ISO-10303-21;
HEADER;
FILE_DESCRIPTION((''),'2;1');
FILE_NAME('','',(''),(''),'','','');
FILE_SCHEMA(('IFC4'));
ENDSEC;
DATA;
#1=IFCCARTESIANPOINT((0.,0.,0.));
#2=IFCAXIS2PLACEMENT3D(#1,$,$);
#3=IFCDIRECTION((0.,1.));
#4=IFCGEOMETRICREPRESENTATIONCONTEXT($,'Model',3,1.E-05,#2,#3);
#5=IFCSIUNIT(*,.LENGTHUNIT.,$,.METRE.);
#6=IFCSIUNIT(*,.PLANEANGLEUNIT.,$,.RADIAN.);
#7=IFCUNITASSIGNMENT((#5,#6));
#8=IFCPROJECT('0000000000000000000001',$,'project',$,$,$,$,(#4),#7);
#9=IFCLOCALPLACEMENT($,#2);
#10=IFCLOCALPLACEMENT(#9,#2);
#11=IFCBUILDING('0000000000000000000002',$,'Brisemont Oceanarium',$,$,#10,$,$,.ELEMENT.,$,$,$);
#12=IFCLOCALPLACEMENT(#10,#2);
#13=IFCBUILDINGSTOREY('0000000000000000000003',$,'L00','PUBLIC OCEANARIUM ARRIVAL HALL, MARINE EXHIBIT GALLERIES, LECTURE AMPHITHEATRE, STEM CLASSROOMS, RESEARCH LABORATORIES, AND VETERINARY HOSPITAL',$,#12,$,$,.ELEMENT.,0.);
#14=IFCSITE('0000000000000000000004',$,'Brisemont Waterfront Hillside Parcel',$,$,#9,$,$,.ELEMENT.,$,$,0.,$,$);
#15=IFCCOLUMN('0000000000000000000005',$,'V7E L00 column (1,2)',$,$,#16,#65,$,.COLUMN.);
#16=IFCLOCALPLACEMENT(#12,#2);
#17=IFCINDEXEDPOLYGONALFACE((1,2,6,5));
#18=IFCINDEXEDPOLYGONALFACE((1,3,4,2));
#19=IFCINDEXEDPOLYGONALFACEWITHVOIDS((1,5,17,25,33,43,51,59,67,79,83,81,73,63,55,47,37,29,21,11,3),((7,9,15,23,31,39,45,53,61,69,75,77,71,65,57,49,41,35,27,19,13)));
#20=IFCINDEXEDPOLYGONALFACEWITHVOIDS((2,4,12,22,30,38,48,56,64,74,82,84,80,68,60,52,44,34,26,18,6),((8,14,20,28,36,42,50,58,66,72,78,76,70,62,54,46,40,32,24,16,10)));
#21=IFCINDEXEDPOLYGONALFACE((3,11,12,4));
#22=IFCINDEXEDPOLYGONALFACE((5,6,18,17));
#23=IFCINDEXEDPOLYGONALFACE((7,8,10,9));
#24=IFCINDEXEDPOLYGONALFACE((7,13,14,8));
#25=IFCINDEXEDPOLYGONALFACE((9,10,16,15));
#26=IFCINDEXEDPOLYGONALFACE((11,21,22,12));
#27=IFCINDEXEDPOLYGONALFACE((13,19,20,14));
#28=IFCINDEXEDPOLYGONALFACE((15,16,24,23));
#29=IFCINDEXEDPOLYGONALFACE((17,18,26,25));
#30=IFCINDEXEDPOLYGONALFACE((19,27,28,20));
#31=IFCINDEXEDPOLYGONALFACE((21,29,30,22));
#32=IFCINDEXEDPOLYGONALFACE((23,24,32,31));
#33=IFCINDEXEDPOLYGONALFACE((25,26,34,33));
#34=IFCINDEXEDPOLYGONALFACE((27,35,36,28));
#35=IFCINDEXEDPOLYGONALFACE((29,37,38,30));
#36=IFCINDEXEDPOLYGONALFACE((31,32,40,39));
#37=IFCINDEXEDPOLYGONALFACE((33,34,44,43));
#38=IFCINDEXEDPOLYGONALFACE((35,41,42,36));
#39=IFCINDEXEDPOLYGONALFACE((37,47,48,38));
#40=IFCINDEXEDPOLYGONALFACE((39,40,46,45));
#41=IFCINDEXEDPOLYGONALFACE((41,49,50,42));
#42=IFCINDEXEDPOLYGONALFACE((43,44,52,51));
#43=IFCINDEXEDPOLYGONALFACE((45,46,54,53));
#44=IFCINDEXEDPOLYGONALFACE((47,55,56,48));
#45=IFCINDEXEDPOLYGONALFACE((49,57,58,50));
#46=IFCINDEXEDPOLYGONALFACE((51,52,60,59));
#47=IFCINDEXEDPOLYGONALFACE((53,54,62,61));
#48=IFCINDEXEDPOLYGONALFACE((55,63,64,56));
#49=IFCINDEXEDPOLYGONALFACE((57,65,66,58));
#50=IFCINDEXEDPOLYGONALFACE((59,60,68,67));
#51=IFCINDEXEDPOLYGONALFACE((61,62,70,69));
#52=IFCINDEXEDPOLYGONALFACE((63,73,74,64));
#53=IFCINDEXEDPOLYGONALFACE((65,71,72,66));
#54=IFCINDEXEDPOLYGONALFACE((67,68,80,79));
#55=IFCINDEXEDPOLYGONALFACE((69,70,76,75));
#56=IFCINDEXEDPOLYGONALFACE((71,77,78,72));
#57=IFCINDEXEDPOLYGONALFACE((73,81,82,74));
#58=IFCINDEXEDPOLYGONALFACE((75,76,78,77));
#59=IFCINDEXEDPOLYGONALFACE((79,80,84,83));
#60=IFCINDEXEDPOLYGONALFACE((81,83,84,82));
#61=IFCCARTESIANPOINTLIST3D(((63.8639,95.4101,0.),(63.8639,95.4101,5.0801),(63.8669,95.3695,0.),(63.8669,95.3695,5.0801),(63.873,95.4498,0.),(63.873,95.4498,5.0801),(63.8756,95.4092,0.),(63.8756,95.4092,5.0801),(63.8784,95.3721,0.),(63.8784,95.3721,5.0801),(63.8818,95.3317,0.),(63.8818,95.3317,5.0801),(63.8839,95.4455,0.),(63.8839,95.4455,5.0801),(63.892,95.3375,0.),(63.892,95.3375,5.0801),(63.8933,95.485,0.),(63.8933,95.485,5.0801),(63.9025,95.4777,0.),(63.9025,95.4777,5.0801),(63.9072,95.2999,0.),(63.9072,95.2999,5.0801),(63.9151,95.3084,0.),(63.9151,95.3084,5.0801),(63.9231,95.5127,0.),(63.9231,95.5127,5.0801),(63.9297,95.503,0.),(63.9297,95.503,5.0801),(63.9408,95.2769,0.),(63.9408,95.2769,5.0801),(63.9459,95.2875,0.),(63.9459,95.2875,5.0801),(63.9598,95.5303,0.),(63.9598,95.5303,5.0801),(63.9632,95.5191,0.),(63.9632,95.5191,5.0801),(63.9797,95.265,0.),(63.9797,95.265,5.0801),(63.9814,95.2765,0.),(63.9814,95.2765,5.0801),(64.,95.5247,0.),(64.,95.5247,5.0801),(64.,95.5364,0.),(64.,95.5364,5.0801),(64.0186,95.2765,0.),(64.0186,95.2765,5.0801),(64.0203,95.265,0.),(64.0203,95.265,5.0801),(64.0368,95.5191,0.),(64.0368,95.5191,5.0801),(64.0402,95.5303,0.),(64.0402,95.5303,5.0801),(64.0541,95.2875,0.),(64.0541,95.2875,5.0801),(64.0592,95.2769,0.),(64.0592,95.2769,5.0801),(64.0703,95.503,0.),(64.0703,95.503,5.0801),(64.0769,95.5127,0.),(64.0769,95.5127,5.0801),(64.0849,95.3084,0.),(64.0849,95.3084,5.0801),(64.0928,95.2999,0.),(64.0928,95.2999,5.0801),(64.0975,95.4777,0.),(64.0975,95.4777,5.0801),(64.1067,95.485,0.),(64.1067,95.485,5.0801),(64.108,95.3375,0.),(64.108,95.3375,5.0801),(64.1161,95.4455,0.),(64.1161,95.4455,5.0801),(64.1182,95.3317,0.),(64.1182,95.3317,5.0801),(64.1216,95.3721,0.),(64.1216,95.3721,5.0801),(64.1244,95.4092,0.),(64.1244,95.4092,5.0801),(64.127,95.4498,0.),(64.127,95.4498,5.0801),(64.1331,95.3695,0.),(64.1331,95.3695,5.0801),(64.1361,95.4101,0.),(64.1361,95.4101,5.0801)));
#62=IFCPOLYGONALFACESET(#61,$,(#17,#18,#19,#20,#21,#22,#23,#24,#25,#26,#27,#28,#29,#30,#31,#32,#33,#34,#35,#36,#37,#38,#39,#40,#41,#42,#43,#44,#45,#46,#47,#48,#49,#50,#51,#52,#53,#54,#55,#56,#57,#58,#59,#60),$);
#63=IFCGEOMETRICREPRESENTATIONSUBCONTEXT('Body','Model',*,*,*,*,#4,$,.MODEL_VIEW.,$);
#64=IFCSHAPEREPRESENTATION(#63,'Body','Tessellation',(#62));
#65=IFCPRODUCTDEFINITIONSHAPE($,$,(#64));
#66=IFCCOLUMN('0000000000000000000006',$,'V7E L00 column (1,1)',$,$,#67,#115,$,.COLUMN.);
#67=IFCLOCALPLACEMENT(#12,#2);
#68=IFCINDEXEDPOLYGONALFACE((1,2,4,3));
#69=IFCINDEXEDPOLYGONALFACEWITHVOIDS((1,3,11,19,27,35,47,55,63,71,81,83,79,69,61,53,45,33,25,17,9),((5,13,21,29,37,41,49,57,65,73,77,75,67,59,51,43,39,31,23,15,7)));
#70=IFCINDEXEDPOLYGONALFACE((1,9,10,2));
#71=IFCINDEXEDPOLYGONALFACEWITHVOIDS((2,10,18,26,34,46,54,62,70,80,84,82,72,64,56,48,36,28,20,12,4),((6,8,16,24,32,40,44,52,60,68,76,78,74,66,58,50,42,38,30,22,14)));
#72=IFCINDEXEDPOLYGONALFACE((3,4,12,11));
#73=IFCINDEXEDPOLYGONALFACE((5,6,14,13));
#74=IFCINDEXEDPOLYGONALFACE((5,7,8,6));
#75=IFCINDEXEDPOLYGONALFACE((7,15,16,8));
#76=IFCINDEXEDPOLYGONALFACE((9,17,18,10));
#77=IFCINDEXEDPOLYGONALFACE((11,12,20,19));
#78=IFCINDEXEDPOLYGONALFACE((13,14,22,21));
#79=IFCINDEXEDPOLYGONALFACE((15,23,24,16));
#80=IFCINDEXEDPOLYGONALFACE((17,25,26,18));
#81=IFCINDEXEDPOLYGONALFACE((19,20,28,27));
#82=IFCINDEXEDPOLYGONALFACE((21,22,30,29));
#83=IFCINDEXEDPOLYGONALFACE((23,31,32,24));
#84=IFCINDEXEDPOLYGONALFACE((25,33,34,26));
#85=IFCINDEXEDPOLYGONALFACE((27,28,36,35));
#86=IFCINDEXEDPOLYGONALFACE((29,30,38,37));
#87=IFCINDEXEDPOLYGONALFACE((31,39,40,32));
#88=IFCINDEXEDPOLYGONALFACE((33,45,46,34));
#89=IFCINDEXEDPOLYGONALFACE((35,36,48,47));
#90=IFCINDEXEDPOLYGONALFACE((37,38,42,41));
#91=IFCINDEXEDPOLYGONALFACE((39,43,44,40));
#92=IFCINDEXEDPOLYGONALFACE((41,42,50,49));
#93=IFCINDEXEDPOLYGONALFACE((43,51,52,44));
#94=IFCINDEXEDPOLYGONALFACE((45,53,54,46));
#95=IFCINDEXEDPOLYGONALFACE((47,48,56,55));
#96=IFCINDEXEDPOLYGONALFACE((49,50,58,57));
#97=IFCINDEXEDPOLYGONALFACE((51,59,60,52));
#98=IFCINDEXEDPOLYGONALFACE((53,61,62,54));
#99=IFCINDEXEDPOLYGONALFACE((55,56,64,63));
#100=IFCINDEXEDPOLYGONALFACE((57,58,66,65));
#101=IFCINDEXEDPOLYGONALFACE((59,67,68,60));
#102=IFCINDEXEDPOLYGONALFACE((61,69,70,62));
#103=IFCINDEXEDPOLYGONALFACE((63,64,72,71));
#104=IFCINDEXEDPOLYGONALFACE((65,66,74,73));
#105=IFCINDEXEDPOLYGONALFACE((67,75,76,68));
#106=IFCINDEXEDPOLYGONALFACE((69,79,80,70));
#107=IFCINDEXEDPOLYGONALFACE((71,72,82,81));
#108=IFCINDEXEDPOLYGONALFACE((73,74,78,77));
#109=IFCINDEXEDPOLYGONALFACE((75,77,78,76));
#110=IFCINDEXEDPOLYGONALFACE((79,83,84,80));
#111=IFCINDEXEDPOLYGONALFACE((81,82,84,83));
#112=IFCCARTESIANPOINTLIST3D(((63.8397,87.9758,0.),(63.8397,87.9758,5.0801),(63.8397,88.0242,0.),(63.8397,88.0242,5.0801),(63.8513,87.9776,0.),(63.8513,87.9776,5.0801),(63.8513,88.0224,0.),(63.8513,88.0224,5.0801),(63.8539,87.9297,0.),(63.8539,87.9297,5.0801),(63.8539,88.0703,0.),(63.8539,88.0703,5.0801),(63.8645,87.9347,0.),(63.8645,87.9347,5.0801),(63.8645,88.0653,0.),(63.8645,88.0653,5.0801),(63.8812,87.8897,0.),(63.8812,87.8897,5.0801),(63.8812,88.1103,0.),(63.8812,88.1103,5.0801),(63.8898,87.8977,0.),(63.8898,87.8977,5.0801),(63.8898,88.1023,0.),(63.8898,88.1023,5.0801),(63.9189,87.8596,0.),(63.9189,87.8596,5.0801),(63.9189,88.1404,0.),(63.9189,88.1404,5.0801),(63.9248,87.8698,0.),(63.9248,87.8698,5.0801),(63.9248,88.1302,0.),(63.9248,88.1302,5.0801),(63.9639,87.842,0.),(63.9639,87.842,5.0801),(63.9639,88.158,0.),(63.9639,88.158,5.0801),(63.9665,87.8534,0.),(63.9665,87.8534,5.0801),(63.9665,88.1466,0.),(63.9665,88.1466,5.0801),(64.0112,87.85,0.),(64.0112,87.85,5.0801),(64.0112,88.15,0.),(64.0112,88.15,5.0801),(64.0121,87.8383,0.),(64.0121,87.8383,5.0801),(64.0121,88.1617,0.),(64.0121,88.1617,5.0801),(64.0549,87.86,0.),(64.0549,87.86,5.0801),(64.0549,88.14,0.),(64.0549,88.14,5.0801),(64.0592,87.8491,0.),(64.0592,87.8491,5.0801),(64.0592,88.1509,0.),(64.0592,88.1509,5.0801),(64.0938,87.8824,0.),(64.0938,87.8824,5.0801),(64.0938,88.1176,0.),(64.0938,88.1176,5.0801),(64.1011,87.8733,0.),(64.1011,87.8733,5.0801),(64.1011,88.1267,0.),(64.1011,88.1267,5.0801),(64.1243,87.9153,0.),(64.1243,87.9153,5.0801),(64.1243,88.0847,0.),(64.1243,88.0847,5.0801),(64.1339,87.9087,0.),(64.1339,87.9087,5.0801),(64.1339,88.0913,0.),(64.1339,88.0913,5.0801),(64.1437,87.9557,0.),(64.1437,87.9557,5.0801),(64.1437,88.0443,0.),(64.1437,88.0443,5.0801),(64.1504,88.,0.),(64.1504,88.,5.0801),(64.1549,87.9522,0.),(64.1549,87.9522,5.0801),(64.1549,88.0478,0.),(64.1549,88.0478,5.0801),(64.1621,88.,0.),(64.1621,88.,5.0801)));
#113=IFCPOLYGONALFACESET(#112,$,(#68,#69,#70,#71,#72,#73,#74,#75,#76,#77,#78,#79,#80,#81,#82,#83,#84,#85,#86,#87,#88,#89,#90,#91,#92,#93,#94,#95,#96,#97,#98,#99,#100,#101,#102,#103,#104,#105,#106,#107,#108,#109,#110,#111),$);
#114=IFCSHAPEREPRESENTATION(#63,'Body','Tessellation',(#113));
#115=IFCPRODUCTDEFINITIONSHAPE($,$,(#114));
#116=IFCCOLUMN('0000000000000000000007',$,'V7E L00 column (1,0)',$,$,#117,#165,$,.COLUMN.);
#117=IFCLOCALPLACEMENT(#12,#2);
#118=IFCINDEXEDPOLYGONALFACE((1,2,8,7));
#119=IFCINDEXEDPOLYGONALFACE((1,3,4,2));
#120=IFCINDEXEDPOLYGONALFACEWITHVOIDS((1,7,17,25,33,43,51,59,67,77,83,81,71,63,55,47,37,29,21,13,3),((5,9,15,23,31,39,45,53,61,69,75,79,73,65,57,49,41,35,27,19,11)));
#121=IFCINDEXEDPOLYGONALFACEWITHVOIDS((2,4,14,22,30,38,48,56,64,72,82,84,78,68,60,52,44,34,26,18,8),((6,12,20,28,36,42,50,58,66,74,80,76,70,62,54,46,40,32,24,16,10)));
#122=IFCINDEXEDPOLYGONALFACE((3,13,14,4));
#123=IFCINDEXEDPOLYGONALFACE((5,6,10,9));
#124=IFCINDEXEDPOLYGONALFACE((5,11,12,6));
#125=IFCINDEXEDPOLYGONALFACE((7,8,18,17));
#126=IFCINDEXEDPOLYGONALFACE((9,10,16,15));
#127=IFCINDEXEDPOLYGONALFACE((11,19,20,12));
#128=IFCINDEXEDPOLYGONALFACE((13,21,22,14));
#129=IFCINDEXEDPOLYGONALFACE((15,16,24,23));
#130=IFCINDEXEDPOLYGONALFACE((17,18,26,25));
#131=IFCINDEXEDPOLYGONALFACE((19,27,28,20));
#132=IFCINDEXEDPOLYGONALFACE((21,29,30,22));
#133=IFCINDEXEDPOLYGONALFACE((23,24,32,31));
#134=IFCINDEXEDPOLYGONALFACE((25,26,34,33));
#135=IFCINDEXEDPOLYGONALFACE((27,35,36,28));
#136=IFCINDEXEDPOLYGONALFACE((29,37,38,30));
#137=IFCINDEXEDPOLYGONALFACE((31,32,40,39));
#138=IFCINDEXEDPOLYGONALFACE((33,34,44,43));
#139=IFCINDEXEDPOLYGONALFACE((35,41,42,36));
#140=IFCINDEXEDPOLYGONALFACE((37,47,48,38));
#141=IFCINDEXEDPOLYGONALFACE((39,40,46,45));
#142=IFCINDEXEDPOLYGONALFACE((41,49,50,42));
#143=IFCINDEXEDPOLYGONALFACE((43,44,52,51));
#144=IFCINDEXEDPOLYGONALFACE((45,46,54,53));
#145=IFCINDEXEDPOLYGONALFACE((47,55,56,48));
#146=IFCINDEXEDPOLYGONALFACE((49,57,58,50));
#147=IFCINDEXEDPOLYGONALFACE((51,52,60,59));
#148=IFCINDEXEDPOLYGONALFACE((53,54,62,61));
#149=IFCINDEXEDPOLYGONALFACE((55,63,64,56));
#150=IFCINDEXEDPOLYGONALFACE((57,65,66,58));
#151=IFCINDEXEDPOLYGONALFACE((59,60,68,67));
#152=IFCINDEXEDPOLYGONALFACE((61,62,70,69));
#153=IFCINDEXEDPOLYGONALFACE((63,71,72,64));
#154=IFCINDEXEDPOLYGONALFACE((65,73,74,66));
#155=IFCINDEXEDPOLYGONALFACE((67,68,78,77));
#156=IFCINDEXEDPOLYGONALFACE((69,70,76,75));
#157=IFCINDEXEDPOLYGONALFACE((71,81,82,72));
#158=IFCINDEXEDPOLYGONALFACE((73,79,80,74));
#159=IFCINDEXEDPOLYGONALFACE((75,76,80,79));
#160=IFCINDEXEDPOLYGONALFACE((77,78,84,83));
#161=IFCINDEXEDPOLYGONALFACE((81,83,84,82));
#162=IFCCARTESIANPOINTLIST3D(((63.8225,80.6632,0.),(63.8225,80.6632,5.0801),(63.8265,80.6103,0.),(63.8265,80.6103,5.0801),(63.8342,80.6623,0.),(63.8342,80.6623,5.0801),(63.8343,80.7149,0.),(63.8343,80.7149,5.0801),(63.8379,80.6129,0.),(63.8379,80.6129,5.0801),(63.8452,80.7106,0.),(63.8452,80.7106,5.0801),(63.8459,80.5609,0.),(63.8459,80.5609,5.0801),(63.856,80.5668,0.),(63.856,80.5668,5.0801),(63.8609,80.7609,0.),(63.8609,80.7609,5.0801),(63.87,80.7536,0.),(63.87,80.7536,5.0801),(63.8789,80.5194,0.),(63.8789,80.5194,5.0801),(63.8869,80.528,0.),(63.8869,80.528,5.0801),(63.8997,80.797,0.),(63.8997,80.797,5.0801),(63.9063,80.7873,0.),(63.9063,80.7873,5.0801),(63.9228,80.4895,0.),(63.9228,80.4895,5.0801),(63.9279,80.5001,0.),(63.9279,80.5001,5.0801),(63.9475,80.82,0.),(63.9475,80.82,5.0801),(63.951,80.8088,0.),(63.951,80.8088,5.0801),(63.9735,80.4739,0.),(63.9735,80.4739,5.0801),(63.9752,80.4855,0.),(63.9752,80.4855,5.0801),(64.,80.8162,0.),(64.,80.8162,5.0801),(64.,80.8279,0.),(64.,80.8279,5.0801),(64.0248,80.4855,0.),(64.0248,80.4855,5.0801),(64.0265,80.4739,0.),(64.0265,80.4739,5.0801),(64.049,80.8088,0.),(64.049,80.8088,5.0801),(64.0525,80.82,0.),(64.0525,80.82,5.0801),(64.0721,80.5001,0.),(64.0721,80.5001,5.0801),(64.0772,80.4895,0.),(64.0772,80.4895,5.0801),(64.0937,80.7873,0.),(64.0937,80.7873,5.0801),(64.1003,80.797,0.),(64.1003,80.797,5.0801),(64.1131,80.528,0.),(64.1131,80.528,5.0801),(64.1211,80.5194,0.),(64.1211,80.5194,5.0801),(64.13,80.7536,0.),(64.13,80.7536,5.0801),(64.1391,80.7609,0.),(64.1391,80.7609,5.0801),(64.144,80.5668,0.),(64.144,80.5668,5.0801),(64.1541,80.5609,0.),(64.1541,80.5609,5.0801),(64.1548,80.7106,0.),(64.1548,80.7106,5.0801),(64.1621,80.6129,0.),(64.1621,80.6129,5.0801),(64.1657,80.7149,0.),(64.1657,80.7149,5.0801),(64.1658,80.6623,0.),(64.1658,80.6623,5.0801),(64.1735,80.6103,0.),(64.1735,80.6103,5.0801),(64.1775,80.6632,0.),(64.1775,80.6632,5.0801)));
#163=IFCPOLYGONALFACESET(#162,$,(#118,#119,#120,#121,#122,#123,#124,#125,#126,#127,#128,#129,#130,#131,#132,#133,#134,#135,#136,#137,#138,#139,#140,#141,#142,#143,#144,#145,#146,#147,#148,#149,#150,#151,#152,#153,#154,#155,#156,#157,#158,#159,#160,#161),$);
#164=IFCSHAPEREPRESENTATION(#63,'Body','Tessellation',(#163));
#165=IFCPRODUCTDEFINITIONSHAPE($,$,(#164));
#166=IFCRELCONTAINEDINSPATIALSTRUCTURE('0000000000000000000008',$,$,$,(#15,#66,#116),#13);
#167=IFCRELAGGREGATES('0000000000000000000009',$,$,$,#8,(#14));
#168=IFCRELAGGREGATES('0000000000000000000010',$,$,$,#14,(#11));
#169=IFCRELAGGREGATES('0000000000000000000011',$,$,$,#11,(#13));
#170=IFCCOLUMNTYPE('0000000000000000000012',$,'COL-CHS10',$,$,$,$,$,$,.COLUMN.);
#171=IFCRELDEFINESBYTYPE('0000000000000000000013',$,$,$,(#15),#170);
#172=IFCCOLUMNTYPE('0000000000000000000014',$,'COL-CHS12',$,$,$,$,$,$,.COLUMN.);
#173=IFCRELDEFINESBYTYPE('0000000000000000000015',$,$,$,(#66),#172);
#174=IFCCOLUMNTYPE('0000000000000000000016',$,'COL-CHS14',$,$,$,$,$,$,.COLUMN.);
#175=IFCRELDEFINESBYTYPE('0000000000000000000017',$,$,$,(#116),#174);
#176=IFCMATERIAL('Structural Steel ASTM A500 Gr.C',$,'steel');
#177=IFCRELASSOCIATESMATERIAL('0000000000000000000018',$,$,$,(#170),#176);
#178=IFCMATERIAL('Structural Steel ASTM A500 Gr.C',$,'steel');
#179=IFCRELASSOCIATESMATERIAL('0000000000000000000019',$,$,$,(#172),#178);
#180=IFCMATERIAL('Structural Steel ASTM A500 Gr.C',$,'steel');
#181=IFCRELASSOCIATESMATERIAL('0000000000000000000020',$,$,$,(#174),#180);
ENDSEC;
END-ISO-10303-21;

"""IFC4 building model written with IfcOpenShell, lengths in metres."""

from ifc_helpers import new_model, si_unit, direction, frame, origin, origin_2d, place, context, subcontext, project, spatial, hollow_circle, extrude, material, material_profile, profile_set, type_object, element, save


model = new_model("IFC4")

# Units and contexts
model_context = context("Model", 3, precision=1e-05, world=origin(), true_north=direction((0.0, 1.0)))
body_context = subcontext(model_context, "Body", "Model", "MODEL_VIEW")
ifc_project = project(units=[si_unit("LENGTHUNIT", "METRE"), si_unit("PLANEANGLEUNIT", "RADIAN")], contexts=[model_context])

# Site, building, storey
site_placement = place(None, origin())
site = spatial("IfcSite", under=ifc_project, at=site_placement, Name="Brisemont Waterfront Hillside Parcel", CompositionType="ELEMENT", RefElevation=0.0)
building_placement = place(site_placement, origin())
building = spatial("IfcBuilding", under=site, at=building_placement, Name="Brisemont Oceanarium", CompositionType="ELEMENT")
storey_placement = place(building_placement, origin())
storey = spatial("IfcBuildingStorey", under=building, at=storey_placement, Name="L00", Description="PUBLIC OCEANARIUM ARRIVAL HALL, MARINE EXHIBIT GALLERIES, LECTURE AMPHITHEATRE, STEM CLASSROOMS, RESEARCH LABORATORIES, AND VETERINARY HOSPITAL", CompositionType="ELEMENT", Elevation=0.0)

# Columns
ifc_material_1 = material(Name="Structural Steel ASTM A500 Gr.C", Category="steel")
ifc_material_profile_1 = material_profile(ifc_material_1, hollow_circle(Radius=0.1365, WallThickness=0.0117, at=origin_2d()), Name="HSS10.750X0.500")
ifc_profile_set_1 = profile_set([ifc_material_profile_1], Name="Structural Steel ASTM A500 Gr.C")
column_type_1 = type_object("IfcColumnType", Name="COL-CHS10", PredefinedType="COLUMN", material=ifc_profile_set_1)
column_1_placement = place(storey_placement, frame((64.0, 95.3999, 0.0), z_axis=(0.0, 0.0, 1.0), x_axis=(0.0, 1.0, 0.0)))
element("IfcColumn", 1, at=column_1_placement, inside=storey, type_object=column_type_1, Name="V7E L00 column (1,2)", PredefinedType="COLUMN", context=body_context, shape_type="SweptSolid", body=[
    extrude(hollow_circle(Radius=0.1365, WallThickness=0.0117, at=origin_2d()), origin(), (0.0, 0.0, 1.0), 5.0801),
])
ifc_material_2 = material(Name="Structural Steel ASTM A500 Gr.C", Category="steel")
ifc_material_profile_2 = material_profile(ifc_material_2, hollow_circle(Radius=0.1621, WallThickness=0.0117, at=origin_2d()), Name="HSS12.750X0.500")
ifc_profile_set_2 = profile_set([ifc_material_profile_2], Name="Structural Steel ASTM A500 Gr.C")
column_type_2 = type_object("IfcColumnType", Name="COL-CHS12", PredefinedType="COLUMN", material=ifc_profile_set_2)
column_2_placement = place(storey_placement, frame((64.0, 88.0, 0.0), z_axis=(0.0, 0.0, 1.0), x_axis=(1.0, 0.0, 0.0)))
element("IfcColumn", 2, at=column_2_placement, inside=storey, type_object=column_type_2, Name="V7E L00 column (1,1)", PredefinedType="COLUMN", context=body_context, shape_type="SweptSolid", body=[
    extrude(hollow_circle(Radius=0.1621, WallThickness=0.0117, at=origin_2d()), origin(), (0.0, 0.0, 1.0), 5.0801),
])
ifc_material_3 = material(Name="Structural Steel ASTM A500 Gr.C", Category="steel")
ifc_material_profile_3 = material_profile(ifc_material_3, hollow_circle(Radius=0.178, WallThickness=0.0117, at=origin_2d()), Name="HSS14.000X0.500")
ifc_profile_set_3 = profile_set([ifc_material_profile_3], Name="Structural Steel ASTM A500 Gr.C")
column_type_3 = type_object("IfcColumnType", Name="COL-CHS14", PredefinedType="COLUMN", material=ifc_profile_set_3)
column_3_placement = place(storey_placement, frame((64.0, 80.6499, 0.0), z_axis=(0.0, 0.0, 1.0), x_axis=(0.0, 1.0, 0.0)))
element("IfcColumn", 3, at=column_3_placement, inside=storey, type_object=column_type_3, Name="V7E L00 column (1,0)", PredefinedType="COLUMN", context=body_context, shape_type="SweptSolid", body=[
    extrude(hollow_circle(Radius=0.178, WallThickness=0.0117, at=origin_2d()), origin(), (0.0, 0.0, 1.0), 5.0801),
])

save(model, "model.ifc")
